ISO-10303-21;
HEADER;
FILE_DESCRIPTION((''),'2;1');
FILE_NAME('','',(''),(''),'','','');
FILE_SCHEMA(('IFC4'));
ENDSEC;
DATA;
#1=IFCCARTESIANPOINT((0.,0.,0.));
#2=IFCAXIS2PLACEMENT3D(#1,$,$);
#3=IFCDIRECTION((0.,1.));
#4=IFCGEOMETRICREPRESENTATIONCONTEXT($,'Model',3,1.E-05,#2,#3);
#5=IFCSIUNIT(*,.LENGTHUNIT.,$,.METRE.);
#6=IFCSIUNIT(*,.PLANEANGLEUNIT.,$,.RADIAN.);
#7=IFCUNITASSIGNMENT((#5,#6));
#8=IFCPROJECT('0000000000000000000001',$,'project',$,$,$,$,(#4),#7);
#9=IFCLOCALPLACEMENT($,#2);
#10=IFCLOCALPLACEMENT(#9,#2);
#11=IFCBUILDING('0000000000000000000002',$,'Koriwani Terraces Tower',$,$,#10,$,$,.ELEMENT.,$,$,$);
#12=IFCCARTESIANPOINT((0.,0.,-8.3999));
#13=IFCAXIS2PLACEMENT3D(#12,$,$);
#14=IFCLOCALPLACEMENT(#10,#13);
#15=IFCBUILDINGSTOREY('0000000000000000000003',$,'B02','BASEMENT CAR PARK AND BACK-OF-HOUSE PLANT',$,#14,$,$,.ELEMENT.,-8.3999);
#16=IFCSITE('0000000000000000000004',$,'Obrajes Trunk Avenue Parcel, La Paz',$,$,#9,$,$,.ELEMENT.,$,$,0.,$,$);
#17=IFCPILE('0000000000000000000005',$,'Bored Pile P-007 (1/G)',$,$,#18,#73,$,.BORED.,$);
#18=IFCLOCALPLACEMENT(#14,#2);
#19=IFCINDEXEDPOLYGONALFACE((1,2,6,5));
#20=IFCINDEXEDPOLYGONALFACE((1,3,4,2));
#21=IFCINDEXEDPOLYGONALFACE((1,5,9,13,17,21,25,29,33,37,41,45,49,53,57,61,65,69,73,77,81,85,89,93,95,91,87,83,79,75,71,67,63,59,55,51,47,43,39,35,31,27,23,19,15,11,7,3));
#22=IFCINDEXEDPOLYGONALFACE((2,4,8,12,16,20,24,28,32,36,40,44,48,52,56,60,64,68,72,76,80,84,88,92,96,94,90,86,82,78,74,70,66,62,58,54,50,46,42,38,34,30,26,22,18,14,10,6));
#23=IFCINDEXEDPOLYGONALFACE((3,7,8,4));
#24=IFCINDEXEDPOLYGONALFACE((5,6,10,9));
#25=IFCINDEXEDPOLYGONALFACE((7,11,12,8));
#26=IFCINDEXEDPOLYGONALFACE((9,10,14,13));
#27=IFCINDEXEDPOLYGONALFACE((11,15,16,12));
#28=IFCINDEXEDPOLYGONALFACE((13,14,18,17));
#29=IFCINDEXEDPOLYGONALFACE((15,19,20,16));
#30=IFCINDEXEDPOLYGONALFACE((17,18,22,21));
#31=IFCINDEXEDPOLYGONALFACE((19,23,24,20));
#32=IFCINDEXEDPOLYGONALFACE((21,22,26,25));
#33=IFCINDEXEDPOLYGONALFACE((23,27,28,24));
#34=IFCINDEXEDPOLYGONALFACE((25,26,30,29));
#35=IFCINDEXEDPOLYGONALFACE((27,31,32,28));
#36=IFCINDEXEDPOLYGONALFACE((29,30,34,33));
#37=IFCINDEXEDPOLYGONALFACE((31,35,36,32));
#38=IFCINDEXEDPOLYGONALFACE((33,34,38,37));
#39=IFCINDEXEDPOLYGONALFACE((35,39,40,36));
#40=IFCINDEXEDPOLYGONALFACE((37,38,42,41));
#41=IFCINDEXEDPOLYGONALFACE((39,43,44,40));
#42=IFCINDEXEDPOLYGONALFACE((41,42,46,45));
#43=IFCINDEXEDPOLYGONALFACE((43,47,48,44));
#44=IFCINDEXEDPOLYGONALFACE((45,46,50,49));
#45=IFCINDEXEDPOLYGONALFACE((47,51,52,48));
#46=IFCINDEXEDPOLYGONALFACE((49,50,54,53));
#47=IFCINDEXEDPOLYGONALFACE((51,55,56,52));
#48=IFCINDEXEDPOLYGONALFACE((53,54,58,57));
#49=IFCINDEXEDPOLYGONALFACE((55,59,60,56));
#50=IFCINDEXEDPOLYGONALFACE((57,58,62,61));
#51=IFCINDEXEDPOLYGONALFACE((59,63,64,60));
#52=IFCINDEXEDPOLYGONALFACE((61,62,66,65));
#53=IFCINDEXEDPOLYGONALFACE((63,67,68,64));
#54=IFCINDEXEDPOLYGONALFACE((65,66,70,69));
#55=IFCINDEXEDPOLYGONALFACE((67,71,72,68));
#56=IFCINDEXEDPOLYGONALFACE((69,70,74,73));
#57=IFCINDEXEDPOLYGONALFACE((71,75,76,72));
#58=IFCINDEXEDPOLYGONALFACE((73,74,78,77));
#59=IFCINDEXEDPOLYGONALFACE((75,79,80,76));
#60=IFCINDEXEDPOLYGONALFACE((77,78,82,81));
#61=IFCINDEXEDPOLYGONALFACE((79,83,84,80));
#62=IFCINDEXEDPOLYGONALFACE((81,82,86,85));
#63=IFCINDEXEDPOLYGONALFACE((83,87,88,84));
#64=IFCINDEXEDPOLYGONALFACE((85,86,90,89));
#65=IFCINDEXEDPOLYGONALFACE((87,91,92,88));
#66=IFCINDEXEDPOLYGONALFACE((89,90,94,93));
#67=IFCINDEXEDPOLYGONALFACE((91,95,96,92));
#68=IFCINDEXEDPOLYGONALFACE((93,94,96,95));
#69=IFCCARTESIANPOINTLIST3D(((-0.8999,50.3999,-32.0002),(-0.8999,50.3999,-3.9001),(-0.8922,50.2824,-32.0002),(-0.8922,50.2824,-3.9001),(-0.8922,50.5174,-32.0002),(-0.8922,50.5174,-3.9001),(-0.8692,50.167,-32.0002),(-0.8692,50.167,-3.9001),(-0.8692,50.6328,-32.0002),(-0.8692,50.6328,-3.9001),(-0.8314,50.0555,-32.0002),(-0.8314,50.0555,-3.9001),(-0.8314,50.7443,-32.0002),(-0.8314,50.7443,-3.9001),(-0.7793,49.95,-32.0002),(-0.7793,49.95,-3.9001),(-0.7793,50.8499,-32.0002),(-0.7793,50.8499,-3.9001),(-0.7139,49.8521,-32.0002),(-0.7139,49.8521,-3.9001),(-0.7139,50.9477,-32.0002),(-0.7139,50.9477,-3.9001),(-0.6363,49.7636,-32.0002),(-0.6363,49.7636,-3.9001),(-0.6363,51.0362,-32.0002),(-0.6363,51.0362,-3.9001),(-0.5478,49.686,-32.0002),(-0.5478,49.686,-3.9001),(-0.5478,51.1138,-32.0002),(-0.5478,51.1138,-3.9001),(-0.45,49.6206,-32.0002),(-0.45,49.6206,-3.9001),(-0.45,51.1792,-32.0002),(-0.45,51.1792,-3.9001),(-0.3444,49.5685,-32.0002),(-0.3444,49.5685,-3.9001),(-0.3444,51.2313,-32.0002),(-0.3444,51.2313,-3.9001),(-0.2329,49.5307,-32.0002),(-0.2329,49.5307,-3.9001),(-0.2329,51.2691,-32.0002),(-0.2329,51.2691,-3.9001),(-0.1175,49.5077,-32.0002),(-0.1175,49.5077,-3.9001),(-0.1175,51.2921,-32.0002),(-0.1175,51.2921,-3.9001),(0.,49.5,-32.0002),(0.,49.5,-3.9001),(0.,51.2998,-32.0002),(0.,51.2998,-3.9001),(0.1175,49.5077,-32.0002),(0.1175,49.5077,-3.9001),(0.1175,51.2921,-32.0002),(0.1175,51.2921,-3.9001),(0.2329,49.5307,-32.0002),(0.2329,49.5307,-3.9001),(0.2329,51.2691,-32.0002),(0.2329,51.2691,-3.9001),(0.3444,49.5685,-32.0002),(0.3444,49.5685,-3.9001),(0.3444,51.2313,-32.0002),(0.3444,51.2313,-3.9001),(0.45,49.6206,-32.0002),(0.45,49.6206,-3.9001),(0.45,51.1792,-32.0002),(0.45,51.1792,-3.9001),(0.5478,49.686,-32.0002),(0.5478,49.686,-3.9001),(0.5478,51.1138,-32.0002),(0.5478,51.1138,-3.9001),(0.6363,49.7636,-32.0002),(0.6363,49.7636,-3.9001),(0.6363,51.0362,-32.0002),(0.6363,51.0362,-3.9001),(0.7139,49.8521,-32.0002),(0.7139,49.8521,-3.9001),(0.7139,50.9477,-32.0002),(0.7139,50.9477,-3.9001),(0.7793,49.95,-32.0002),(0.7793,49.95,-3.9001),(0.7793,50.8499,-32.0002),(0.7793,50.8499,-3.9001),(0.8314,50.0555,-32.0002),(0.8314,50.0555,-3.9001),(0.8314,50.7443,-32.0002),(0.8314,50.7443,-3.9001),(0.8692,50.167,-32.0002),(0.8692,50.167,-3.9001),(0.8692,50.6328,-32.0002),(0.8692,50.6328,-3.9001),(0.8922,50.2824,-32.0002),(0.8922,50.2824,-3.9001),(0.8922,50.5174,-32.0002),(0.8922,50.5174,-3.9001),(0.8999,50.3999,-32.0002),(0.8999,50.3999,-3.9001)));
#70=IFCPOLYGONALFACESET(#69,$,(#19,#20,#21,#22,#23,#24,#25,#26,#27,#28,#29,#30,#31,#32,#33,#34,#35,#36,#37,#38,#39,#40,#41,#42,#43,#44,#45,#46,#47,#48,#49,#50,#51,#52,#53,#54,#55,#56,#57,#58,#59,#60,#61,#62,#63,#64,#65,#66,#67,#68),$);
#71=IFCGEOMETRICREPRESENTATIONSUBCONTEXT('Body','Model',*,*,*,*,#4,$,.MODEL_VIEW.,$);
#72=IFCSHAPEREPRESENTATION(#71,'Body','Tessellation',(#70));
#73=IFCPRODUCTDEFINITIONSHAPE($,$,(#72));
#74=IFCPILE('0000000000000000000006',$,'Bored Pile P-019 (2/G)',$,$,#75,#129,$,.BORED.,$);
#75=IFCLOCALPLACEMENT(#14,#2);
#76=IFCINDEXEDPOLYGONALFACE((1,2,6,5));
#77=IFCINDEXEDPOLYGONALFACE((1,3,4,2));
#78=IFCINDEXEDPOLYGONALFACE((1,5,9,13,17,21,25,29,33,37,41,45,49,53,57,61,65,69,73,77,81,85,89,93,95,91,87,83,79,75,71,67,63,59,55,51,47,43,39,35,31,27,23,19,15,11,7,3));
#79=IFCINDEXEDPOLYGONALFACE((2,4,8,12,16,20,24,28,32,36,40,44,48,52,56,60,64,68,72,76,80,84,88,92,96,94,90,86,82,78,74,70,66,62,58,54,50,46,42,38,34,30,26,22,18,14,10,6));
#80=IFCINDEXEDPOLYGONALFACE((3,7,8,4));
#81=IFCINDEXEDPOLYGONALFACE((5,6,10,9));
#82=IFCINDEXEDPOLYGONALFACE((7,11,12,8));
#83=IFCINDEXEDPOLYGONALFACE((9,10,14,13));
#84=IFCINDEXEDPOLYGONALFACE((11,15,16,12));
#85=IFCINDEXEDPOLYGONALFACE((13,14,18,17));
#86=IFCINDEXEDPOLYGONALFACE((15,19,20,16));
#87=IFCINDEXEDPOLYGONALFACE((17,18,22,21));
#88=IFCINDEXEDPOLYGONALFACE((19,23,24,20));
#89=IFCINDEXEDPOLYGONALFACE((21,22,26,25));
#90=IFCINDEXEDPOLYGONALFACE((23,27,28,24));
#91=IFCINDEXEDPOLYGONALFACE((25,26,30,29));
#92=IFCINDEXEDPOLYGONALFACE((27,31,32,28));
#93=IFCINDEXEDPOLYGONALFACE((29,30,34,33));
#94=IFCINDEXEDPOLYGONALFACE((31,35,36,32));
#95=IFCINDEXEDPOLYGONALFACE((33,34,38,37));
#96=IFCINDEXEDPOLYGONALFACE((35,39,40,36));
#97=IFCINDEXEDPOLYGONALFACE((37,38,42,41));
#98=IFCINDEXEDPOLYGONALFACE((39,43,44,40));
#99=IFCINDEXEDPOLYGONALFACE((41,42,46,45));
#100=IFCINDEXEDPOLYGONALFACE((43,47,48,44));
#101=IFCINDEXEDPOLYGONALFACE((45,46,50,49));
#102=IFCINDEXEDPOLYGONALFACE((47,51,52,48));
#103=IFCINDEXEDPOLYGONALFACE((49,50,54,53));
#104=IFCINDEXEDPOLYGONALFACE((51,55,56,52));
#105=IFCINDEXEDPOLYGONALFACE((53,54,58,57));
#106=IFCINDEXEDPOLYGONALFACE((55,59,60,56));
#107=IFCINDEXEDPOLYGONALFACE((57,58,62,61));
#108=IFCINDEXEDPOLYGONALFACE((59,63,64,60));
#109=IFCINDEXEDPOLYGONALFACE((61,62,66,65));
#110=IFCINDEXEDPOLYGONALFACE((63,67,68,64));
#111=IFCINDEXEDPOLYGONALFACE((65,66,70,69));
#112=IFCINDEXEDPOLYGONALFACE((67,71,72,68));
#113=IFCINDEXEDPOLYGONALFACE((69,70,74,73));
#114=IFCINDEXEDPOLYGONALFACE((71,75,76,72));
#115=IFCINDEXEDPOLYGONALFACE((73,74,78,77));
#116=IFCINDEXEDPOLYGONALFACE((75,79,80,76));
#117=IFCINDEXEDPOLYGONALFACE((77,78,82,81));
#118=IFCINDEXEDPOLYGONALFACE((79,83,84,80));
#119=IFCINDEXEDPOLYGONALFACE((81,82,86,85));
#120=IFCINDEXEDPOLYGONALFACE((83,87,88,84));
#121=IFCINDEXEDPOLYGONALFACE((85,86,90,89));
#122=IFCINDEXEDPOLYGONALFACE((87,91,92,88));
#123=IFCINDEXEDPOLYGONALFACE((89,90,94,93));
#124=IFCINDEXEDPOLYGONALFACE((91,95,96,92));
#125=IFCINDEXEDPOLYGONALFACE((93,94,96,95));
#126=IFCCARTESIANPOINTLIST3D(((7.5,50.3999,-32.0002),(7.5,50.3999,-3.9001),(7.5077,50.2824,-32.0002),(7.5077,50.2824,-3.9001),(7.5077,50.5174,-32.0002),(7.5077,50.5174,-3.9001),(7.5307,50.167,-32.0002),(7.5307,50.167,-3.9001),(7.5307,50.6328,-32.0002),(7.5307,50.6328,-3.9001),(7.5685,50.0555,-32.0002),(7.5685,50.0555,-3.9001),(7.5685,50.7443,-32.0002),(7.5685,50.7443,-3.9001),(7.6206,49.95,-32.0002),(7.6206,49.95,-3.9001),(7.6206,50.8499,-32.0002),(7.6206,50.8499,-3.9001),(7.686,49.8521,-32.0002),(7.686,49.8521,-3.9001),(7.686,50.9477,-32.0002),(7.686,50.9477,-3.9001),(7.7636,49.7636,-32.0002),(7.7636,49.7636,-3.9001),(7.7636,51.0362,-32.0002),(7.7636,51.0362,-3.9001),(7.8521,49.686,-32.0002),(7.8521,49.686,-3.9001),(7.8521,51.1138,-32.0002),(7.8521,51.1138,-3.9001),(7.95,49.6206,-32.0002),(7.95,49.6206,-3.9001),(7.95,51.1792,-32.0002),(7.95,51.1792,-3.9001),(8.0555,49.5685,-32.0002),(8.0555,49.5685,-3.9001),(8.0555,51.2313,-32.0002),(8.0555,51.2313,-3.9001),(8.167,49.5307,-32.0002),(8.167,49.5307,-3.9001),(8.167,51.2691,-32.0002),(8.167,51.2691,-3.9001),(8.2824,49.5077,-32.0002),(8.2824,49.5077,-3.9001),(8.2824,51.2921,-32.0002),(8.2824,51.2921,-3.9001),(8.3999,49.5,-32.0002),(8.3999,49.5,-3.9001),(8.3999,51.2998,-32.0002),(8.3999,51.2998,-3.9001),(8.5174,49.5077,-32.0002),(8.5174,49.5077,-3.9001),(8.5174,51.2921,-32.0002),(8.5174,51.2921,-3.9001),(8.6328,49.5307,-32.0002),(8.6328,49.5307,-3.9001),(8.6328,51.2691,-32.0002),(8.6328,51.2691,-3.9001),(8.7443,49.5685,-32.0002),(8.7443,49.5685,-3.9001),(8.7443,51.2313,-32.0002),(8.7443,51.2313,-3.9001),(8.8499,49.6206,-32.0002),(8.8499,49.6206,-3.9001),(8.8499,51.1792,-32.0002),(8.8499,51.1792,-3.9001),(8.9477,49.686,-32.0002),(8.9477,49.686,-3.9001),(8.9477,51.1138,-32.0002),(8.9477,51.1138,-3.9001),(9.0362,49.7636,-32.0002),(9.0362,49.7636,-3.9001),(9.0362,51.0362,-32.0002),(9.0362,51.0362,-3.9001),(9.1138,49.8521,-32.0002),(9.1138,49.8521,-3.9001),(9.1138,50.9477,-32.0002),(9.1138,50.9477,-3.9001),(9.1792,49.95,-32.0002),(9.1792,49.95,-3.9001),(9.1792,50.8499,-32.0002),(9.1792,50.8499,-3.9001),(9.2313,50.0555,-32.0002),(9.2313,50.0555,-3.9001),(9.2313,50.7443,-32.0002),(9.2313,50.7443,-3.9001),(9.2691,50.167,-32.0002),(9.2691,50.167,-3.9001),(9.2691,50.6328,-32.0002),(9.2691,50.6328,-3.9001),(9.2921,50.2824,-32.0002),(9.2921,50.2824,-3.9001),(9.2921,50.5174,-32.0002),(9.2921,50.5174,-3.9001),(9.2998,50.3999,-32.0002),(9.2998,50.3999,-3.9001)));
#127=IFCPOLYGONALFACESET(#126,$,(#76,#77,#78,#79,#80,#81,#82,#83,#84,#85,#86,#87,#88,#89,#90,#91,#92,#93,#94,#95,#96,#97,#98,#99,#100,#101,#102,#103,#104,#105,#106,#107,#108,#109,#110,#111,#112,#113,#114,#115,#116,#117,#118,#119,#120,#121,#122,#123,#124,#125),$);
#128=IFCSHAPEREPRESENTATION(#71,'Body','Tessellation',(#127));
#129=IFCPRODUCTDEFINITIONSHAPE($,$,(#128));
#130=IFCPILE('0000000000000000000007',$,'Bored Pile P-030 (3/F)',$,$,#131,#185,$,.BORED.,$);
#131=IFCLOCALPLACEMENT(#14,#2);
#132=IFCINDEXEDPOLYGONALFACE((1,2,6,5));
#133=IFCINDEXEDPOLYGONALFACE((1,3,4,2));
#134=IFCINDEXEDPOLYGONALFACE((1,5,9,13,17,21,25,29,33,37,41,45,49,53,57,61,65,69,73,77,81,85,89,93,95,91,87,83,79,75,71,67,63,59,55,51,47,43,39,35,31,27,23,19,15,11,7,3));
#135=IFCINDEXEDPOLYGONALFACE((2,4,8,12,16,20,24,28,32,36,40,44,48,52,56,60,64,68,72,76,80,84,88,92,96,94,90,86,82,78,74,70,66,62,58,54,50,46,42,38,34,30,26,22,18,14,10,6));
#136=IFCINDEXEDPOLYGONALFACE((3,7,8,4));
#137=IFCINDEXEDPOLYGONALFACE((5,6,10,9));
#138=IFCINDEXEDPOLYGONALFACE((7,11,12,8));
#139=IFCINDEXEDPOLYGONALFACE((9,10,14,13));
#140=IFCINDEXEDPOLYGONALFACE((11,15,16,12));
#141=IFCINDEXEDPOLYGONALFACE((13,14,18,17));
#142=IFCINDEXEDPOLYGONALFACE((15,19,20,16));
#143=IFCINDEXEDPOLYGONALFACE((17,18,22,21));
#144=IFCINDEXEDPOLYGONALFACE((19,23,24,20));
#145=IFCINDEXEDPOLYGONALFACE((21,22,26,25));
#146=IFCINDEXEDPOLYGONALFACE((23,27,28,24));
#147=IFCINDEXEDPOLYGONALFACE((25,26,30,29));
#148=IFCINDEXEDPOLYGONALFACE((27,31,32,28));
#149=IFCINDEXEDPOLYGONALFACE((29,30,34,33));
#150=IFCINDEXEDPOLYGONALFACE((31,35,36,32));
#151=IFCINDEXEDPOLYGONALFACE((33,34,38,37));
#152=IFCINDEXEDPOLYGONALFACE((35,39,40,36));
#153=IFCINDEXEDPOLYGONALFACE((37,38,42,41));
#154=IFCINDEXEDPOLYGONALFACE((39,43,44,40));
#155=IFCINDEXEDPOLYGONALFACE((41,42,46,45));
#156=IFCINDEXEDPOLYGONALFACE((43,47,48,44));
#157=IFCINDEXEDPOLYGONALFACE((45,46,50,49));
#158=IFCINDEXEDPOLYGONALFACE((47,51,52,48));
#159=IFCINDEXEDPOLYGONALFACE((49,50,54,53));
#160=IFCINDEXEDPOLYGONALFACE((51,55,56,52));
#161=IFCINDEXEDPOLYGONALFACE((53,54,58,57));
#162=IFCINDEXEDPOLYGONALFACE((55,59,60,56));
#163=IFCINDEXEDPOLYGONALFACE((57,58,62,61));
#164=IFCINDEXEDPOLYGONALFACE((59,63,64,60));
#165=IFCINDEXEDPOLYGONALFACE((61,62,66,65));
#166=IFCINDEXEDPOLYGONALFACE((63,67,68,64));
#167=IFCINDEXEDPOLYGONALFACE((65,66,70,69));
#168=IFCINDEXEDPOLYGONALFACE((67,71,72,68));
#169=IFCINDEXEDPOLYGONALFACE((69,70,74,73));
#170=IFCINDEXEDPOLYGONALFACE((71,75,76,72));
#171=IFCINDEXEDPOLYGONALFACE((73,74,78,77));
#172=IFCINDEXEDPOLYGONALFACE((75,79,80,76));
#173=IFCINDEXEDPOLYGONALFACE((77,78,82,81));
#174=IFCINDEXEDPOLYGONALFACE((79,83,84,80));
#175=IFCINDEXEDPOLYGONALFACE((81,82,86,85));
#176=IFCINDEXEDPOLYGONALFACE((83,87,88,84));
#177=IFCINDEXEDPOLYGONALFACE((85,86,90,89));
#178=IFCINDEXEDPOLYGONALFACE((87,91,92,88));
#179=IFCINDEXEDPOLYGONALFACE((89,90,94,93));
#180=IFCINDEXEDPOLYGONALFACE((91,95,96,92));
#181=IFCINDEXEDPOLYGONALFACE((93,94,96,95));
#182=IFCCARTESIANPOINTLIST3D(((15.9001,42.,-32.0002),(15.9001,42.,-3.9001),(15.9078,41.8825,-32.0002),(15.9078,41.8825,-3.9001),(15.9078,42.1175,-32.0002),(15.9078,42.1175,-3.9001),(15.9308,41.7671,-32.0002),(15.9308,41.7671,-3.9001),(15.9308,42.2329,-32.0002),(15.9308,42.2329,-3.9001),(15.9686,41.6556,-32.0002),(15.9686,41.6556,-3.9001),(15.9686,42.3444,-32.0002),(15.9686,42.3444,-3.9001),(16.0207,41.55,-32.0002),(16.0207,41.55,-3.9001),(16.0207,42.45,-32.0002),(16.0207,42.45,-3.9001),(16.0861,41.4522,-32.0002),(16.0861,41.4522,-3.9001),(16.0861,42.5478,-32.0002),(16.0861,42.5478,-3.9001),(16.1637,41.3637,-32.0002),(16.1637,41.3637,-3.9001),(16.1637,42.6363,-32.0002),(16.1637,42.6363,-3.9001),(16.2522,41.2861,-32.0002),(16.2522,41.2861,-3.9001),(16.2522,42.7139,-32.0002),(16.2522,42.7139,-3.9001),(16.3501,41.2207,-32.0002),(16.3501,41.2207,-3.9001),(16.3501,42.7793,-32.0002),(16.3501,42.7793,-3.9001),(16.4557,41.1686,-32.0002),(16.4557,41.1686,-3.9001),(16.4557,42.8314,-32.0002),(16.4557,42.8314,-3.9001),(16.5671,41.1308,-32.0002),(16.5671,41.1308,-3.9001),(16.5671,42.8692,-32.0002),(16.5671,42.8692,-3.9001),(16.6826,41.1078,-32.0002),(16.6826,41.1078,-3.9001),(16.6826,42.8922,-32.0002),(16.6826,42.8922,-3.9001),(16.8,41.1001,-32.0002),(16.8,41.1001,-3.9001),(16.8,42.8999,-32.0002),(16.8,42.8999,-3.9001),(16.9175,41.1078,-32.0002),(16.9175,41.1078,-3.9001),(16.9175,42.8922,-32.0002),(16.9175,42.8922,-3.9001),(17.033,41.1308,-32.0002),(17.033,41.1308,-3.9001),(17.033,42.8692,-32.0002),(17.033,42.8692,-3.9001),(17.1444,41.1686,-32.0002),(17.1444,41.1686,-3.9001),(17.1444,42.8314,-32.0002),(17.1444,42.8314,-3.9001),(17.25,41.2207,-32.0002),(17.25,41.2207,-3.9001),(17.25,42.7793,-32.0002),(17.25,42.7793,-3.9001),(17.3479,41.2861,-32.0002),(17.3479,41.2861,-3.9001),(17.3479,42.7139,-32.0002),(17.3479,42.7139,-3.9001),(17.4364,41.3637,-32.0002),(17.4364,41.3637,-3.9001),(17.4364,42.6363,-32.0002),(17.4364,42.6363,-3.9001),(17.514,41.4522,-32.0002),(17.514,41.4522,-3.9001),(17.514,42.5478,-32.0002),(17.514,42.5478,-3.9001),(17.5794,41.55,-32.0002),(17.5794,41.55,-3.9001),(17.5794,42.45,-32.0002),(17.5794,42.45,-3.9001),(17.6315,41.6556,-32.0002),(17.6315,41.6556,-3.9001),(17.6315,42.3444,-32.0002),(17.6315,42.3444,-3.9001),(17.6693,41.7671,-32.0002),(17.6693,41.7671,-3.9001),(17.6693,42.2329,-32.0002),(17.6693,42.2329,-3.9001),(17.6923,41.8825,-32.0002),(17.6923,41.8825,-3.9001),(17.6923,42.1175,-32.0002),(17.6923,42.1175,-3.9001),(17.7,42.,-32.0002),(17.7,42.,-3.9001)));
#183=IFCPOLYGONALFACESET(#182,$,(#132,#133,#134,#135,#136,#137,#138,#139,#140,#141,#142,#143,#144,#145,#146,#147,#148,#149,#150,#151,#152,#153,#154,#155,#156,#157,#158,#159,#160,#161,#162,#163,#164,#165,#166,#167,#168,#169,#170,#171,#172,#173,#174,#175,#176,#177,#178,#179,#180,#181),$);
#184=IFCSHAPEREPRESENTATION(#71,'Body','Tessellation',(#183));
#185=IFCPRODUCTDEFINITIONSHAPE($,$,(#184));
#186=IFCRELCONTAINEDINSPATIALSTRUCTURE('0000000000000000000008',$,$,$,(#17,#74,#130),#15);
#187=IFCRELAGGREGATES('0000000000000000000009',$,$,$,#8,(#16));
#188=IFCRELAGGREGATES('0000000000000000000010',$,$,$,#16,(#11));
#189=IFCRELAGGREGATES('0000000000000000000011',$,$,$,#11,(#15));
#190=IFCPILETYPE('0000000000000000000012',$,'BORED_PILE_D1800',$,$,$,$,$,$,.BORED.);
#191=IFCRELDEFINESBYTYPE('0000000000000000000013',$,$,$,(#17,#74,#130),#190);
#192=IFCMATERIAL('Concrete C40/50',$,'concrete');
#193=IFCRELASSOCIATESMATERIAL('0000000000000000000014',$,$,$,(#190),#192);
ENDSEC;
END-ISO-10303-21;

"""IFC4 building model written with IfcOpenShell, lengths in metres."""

from ifc_helpers import new_model, si_unit, direction, frame, origin, origin_2d, place, context, subcontext, project, spatial, circle, extrude, material, material_profile, profile_set, type_object, element, save


model = new_model("IFC4")

# Units and contexts
model_context = context("Model", 3, precision=1e-05, world=origin(), true_north=direction((0.0, 1.0)))
body_context = subcontext(model_context, "Body", "Model", "MODEL_VIEW")
ifc_project = project(units=[si_unit("LENGTHUNIT", "METRE"), si_unit("PLANEANGLEUNIT", "RADIAN")], contexts=[model_context])

# Site, building, storey
site_placement = place(None, origin())
site = spatial("IfcSite", under=ifc_project, at=site_placement, Name="Obrajes Trunk Avenue Parcel, La Paz", CompositionType="ELEMENT", RefElevation=0.0)
building_placement = place(site_placement, origin())
building = spatial("IfcBuilding", under=site, at=building_placement, Name="Koriwani Terraces Tower", CompositionType="ELEMENT")
storey_placement = place(building_placement, frame((0.0, 0.0, -8.3999)))
storey = spatial("IfcBuildingStorey", under=building, at=storey_placement, Name="B02", Description="BASEMENT CAR PARK AND BACK-OF-HOUSE PLANT", CompositionType="ELEMENT", Elevation=-8.3999)

# Piles
ifc_material_1 = material(Name="Concrete C40/50", Category="concrete")
ifc_material_profile_1 = material_profile(ifc_material_1, circle(Radius=0.8999, at=origin_2d()), Name="Concrete C40/50")
ifc_profile_set_1 = profile_set([ifc_material_profile_1], Name="Concrete C40/50")
pile_type = type_object("IfcPileType", Name="BORED_PILE_D1800", PredefinedType="BORED", material=ifc_profile_set_1)
for number, where, z_axis, x_axis, name in (
    (1, (0.0, 50.3999, -3.9001), (0.0, 0.0, -1.0), (1.0, 0.0, 0.0), "Bored Pile P-007 (1/G)"),
    (2, (8.3999, 50.3999, -3.9001), (0.0, 0.0, -1.0), (1.0, 0.0, 0.0), "Bored Pile P-019 (2/G)"),
    (3, (16.8, 42.0, -3.9001), (0.0, 0.0, -1.0), (1.0, 0.0, 0.0), "Bored Pile P-030 (3/F)"),
):
    element("IfcPile", number, at=place(storey_placement, frame(where, z_axis=z_axis, x_axis=x_axis)), inside=storey, type_object=pile_type, Name=name, PredefinedType="BORED", context=body_context, shape_type="SweptSolid", body=[
        extrude(circle(Radius=0.8999, at=origin_2d()), origin(), (0.0, 0.0, 1.0), 28.1001),
    ])

save(model, "model.ifc")
